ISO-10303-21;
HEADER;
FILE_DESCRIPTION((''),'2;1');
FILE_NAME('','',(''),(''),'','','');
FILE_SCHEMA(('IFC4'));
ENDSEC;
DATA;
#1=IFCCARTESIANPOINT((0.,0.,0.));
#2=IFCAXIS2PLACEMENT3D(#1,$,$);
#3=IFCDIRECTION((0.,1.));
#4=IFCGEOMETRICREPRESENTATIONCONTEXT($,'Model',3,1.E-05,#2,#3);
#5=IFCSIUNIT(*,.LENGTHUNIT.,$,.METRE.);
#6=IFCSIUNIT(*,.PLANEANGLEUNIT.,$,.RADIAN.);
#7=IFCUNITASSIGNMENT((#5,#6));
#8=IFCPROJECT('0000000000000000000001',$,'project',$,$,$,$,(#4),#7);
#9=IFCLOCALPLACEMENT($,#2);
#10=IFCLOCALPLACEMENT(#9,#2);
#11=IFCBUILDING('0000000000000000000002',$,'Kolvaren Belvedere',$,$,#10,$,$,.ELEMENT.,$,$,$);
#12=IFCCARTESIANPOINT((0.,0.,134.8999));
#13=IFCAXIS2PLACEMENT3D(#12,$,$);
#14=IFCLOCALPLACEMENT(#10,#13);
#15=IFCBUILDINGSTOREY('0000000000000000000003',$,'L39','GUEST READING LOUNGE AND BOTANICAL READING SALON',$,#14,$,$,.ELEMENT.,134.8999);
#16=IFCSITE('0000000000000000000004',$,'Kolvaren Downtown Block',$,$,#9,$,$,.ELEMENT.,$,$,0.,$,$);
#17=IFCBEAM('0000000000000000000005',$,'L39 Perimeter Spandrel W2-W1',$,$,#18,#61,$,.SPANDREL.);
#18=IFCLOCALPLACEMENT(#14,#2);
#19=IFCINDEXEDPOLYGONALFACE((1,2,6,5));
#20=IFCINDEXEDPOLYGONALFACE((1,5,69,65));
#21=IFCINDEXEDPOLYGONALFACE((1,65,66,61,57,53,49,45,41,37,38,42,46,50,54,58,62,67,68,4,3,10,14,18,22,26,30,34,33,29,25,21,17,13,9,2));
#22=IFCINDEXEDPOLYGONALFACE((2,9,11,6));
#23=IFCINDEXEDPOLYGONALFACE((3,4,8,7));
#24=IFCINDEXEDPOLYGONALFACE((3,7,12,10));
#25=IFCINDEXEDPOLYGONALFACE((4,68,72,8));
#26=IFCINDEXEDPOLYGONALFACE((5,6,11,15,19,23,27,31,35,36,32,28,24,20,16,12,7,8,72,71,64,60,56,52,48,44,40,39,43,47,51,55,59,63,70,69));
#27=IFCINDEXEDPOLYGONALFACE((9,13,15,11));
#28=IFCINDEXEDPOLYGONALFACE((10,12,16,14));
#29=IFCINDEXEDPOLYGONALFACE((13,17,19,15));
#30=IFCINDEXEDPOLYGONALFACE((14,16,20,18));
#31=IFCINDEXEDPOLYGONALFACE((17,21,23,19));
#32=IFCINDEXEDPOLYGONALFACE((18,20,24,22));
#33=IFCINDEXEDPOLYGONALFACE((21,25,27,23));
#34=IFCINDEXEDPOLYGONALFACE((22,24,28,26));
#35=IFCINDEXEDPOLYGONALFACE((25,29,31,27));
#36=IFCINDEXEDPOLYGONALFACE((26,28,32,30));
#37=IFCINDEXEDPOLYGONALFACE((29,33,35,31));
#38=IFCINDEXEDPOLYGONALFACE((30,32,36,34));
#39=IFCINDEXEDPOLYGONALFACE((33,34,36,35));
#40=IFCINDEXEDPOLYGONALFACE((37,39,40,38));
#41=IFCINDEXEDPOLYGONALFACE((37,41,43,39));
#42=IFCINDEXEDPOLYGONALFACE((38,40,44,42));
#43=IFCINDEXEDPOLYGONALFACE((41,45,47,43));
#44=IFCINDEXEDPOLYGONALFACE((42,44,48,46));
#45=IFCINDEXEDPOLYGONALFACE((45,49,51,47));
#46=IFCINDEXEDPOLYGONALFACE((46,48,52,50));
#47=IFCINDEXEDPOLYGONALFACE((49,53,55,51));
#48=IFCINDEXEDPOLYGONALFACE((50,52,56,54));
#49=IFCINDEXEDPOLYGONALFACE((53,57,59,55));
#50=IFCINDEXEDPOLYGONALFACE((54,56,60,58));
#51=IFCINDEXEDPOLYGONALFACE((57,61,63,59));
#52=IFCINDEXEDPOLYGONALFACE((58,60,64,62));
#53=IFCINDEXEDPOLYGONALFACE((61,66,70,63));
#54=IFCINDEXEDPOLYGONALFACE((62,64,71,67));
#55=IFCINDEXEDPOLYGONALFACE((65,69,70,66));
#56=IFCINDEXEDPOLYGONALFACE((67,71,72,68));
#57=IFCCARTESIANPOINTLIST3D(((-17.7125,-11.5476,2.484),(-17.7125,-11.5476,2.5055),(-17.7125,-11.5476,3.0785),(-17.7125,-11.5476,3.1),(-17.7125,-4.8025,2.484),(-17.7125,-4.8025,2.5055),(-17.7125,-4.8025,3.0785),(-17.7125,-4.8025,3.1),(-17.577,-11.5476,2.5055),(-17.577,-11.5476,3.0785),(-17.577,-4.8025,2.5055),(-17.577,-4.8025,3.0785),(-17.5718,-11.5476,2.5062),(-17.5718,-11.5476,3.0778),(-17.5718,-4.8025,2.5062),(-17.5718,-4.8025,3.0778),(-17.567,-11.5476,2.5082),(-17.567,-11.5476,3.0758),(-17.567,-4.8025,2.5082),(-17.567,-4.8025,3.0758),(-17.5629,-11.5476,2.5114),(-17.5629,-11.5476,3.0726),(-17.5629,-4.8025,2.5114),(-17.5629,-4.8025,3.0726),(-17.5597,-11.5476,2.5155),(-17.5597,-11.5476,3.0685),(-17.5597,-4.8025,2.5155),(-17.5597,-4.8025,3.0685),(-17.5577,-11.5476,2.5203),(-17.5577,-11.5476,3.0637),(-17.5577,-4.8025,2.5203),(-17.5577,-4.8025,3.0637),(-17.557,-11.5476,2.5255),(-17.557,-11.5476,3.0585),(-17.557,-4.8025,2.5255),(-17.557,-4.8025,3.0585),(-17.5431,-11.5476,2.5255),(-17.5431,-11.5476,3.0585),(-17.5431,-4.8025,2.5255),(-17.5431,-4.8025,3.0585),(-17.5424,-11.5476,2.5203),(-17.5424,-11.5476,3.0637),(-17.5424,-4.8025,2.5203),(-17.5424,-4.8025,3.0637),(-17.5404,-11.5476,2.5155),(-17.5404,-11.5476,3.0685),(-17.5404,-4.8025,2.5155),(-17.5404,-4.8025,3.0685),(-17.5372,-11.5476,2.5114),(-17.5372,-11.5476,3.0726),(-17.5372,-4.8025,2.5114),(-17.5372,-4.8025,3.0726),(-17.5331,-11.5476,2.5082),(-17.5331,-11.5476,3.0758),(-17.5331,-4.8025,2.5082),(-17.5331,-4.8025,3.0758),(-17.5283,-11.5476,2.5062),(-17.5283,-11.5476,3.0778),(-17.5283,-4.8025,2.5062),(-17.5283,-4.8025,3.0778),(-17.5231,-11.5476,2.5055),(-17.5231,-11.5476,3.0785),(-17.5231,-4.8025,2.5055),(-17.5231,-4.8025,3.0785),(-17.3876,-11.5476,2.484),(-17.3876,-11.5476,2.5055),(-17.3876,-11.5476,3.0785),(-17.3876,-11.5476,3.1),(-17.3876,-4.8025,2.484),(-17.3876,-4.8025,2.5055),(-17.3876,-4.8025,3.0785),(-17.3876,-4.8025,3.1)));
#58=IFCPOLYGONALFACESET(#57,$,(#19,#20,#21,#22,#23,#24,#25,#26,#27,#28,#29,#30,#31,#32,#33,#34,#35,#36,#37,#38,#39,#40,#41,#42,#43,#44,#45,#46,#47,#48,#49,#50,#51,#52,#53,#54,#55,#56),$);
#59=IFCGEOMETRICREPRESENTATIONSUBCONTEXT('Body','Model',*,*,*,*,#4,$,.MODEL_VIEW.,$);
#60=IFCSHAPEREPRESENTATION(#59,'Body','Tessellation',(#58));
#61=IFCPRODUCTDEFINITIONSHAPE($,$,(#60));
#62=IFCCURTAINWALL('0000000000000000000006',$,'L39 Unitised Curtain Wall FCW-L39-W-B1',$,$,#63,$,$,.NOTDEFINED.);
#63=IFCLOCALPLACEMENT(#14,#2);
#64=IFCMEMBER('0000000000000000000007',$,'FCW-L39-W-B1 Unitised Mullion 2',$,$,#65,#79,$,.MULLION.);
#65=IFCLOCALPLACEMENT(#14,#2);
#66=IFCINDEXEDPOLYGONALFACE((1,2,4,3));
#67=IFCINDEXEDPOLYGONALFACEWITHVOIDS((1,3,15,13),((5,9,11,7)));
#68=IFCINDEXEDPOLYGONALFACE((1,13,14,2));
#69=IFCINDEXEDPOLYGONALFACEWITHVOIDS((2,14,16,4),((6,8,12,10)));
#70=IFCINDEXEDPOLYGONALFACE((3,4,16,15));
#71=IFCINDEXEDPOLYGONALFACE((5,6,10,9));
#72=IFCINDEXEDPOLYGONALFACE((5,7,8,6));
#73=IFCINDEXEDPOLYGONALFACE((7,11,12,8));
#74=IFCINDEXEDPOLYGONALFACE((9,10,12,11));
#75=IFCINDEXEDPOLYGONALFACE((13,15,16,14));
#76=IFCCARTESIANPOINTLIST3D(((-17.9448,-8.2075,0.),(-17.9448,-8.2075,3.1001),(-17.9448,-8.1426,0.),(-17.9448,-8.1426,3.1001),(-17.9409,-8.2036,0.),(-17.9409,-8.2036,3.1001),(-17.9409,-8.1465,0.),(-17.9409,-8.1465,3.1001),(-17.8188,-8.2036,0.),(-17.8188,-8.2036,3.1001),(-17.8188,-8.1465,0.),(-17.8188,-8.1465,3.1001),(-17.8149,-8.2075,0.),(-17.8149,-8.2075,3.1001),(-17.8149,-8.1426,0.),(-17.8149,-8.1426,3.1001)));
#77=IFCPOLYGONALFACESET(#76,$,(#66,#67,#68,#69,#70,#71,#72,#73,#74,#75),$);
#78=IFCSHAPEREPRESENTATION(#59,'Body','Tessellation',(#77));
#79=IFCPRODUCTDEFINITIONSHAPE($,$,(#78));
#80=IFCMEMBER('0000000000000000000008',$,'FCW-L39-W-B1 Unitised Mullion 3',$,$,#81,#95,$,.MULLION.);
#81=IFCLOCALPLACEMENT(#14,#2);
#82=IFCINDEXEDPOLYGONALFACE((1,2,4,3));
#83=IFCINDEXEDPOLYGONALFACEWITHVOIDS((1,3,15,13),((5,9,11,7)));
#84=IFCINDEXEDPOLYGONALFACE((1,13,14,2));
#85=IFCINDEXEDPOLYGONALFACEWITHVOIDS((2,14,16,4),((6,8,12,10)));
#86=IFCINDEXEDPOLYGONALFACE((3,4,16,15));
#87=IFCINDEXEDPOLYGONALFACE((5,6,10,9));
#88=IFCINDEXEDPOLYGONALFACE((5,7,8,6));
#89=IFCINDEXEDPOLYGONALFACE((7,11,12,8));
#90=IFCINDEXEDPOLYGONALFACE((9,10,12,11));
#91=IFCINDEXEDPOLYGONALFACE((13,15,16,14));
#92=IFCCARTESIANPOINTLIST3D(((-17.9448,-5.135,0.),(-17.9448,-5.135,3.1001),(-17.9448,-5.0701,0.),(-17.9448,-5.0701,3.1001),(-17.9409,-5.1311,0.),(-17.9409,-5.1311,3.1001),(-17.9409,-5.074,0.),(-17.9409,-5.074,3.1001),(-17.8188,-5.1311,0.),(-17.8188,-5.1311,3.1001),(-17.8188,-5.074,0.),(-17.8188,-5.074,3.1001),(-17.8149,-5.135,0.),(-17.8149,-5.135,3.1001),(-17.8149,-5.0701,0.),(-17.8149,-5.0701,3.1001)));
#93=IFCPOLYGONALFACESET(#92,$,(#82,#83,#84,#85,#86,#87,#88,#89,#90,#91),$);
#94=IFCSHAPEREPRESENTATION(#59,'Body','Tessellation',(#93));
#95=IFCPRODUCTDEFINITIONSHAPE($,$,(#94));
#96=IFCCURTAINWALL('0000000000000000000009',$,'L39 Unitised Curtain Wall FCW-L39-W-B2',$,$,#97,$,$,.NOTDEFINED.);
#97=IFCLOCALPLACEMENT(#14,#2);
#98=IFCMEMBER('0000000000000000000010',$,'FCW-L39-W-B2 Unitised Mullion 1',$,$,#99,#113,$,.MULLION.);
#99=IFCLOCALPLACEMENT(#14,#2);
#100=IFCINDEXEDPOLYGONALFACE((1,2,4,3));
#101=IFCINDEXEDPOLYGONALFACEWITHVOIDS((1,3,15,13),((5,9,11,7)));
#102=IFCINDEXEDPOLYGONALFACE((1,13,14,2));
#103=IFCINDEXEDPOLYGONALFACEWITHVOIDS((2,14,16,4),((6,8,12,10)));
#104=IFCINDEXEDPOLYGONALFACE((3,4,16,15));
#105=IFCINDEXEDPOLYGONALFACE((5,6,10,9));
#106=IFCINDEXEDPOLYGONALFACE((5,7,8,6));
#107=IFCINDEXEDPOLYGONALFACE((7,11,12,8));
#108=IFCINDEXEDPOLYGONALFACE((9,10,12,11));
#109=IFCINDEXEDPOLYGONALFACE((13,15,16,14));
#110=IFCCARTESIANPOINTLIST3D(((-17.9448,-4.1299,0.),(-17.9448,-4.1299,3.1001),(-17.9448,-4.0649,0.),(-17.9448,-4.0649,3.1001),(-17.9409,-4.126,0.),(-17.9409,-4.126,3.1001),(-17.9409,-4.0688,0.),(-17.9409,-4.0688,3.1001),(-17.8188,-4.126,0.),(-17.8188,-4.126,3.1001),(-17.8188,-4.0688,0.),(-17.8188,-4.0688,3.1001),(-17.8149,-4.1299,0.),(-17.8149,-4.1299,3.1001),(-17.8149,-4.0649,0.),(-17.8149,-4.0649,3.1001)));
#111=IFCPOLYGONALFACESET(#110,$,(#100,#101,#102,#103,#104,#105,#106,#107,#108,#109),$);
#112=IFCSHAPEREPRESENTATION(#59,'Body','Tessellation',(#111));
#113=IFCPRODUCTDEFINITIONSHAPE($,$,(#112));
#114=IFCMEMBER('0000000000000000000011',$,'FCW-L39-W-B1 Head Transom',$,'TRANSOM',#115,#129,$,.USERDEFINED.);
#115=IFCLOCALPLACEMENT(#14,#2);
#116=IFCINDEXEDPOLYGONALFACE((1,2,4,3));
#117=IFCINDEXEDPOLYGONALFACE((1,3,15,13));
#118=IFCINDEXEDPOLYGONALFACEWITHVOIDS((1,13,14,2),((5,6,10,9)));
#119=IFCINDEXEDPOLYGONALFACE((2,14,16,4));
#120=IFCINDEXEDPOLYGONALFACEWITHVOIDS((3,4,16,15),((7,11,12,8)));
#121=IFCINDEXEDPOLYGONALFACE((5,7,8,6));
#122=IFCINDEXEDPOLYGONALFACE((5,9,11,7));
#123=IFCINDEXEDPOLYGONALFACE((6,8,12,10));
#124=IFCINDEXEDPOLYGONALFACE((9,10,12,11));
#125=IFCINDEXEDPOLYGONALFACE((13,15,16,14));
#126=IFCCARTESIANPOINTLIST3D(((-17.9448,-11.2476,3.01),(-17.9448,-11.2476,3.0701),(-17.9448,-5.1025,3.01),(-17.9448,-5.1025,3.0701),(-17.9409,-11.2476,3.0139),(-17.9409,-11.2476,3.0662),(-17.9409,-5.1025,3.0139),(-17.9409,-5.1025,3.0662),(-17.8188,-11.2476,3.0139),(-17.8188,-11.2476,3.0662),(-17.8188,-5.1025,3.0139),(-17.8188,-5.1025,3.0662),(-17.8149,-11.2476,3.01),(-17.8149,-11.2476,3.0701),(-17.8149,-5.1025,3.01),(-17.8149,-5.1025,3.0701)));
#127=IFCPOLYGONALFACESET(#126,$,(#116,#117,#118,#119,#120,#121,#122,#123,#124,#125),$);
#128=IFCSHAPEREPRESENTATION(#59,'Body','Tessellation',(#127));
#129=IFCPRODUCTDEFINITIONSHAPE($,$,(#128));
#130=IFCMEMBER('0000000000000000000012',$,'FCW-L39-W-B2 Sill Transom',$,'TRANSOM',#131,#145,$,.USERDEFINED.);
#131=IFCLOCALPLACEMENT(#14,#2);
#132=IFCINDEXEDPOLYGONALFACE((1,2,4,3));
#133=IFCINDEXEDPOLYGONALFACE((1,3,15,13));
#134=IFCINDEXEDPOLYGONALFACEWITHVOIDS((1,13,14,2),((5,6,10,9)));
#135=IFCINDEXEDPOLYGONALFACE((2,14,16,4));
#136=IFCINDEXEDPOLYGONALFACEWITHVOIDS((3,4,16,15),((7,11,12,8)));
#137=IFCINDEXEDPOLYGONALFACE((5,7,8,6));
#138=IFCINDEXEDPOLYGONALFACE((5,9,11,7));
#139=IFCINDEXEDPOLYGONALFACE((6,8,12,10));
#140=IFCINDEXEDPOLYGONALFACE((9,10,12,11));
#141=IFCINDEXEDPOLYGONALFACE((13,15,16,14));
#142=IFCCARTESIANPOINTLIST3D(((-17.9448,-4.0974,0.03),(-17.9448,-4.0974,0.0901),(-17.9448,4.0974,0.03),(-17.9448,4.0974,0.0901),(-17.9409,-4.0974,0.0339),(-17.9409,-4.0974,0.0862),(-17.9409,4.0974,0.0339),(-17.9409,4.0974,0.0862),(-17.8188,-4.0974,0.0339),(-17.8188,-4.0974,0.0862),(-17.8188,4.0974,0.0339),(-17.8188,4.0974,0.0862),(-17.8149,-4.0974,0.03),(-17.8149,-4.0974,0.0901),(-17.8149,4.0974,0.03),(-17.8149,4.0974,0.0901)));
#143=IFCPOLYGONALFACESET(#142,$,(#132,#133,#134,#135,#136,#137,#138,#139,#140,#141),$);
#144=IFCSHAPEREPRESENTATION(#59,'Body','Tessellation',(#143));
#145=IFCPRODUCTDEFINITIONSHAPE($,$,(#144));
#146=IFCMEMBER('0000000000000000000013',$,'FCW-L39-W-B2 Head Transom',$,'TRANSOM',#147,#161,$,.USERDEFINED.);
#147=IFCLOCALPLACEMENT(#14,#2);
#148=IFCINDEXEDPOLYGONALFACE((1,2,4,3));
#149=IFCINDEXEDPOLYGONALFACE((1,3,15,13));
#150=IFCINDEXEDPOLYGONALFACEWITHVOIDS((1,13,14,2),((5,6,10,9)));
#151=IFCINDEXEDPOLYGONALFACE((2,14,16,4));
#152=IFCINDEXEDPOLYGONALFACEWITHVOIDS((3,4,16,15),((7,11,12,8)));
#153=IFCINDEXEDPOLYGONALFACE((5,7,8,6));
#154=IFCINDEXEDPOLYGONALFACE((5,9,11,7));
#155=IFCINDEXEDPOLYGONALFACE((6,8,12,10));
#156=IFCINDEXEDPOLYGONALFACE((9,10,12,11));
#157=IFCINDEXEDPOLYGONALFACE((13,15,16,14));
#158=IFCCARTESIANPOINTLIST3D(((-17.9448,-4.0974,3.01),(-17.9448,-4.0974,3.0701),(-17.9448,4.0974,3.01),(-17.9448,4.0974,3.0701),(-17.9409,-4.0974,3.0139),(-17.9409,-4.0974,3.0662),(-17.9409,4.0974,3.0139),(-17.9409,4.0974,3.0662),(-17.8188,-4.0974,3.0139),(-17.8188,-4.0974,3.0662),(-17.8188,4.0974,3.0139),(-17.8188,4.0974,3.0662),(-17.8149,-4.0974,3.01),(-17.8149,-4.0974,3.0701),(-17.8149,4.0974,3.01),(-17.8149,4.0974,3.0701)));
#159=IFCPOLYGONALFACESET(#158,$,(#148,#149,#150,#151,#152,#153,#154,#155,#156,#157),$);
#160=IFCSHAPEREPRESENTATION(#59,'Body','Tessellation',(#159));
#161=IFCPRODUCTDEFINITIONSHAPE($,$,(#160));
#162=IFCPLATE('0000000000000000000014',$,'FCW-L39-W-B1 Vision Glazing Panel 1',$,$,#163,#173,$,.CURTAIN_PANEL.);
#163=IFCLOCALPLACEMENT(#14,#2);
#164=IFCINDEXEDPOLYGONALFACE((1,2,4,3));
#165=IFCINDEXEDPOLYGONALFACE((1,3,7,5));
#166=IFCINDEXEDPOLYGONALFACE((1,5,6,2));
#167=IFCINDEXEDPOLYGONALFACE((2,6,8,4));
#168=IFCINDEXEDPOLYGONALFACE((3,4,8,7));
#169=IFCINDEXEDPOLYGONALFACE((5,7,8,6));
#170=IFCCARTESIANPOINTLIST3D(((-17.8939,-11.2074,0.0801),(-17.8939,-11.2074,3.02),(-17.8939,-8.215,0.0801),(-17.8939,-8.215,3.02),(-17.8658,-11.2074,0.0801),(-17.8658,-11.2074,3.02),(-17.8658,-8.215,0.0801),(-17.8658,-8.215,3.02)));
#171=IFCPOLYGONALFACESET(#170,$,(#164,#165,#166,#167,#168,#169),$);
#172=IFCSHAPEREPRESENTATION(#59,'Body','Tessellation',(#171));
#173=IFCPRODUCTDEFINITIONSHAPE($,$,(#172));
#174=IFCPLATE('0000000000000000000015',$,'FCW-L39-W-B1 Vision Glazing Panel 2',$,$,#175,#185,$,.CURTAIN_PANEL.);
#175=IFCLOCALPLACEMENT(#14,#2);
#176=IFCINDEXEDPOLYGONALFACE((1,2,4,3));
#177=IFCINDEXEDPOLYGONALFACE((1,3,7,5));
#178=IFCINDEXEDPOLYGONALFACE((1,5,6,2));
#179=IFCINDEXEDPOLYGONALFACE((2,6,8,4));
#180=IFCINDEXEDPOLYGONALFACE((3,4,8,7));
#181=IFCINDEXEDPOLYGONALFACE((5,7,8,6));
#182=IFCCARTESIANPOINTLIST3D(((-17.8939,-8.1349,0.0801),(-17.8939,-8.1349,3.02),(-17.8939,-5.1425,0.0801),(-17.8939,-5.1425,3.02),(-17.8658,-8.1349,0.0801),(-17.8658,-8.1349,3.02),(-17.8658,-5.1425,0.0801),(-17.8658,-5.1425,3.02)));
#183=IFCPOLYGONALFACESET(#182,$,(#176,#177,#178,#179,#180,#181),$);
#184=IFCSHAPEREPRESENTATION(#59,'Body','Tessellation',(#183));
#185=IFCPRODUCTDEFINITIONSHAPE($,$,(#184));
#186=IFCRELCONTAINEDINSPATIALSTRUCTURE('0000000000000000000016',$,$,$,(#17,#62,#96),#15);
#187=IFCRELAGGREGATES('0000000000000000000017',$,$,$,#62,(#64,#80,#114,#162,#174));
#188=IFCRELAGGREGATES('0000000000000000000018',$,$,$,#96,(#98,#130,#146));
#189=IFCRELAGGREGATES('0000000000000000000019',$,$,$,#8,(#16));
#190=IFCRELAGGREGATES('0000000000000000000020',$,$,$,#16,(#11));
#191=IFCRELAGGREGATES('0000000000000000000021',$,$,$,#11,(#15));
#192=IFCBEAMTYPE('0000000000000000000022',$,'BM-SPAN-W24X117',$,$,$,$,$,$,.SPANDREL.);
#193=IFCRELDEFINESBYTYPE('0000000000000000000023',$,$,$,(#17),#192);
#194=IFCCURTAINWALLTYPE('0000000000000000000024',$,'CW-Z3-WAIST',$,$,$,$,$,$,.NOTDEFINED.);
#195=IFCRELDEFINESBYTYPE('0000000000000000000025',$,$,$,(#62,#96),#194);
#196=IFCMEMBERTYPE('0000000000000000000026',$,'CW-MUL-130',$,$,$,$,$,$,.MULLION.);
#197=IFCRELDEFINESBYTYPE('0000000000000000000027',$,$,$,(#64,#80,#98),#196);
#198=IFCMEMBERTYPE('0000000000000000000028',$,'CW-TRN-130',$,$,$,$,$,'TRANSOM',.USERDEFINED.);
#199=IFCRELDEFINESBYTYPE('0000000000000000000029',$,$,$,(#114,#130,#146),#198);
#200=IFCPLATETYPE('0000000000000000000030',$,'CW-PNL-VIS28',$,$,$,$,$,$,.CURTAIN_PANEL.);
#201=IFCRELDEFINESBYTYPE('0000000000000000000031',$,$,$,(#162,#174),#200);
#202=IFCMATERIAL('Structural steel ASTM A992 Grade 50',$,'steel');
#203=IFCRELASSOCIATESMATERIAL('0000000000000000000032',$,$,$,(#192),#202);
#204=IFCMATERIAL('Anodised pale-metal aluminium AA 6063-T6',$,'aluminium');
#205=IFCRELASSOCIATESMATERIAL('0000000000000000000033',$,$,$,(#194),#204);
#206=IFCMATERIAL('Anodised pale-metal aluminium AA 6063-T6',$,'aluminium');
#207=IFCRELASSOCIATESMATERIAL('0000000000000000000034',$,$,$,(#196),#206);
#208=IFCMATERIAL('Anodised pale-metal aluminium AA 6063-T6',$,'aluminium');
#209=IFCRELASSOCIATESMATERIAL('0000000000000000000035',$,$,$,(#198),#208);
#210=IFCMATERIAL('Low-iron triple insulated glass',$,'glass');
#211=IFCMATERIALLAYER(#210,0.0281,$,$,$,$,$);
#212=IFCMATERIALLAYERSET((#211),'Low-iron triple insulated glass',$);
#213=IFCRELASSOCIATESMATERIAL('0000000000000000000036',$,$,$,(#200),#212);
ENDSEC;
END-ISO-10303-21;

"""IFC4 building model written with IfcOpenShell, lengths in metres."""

from ifc_helpers import new_model, si_unit, direction, frame, origin, origin_2d, place, context, subcontext, project, spatial, rectangle, hollow_rectangle, i_section, extrude, material, layer, layer_set, material_profile, profile_set, type_object, element, aggregate, save


model = new_model("IFC4")

# Units and contexts
model_context = context("Model", 3, precision=1e-05, world=origin(), true_north=direction((0.0, 1.0)))
body_context = subcontext(model_context, "Body", "Model", "MODEL_VIEW")
ifc_project = project(units=[si_unit("LENGTHUNIT", "METRE"), si_unit("PLANEANGLEUNIT", "RADIAN")], contexts=[model_context])

# Site, building, storey
site_placement = place(None, origin())
site = spatial("IfcSite", under=ifc_project, at=site_placement, Name="Kolvaren Downtown Block", CompositionType="ELEMENT", RefElevation=0.0)
building_placement = place(site_placement, origin())
building = spatial("IfcBuilding", under=site, at=building_placement, Name="Kolvaren Belvedere", CompositionType="ELEMENT")
storey_placement = place(building_placement, frame((0.0, 0.0, 134.8999)))
storey = spatial("IfcBuildingStorey", under=building, at=storey_placement, Name="L39", Description="GUEST READING LOUNGE AND BOTANICAL READING SALON", CompositionType="ELEMENT", Elevation=134.8999)

# Beam
ifc_material_1 = material(Name="Structural steel ASTM A992 Grade 50", Category="steel")
ifc_material_profile_1 = material_profile(ifc_material_1, i_section(OverallWidth=0.325, OverallDepth=0.616, WebThickness=0.0139, FlangeThickness=0.0215, FilletRadius=0.02, at=origin_2d()), Name="W24X117")
ifc_profile_set_1 = profile_set([ifc_material_profile_1], Name="Structural steel ASTM A992 Grade 50")
beam_type_1 = type_object("IfcBeamType", Name="BM-SPAN-W24X117", PredefinedType="SPANDREL", material=ifc_profile_set_1)
beam_1_placement = place(storey_placement, frame((-17.55, -4.8025, 2.792), z_axis=(0.0, -1.0, 0.0), x_axis=(1.0, 0.0, 0.0)))
element("IfcBeam", 1, at=beam_1_placement, inside=storey, type_object=beam_type_1, Name="L39 Perimeter Spandrel W2-W1", PredefinedType="SPANDREL", context=body_context, shape_type="SweptSolid", body=[
    extrude(i_section(OverallWidth=0.325, OverallDepth=0.616, WebThickness=0.0139, FlangeThickness=0.0215, FilletRadius=0.02, at=origin_2d()), origin(), (0.0, 0.0, 1.0), 6.7451),
])

# Curtain wall, members
ifc_material_2 = material(Name="Anodised pale-metal aluminium AA 6063-T6", Category="aluminium")
curtain_wall_type = type_object("IfcCurtainWallType", Name="CW-Z3-WAIST", PredefinedType="NOTDEFINED", material=ifc_material_2)
curtain_wall_1_placement = place(storey_placement, origin())
curtain_wall_1 = element("IfcCurtainWall", 2, at=curtain_wall_1_placement, inside=storey, type_object=curtain_wall_type, Name="L39 Unitised Curtain Wall FCW-L39-W-B1", PredefinedType="NOTDEFINED")
ifc_material_3 = material(Name="Anodised pale-metal aluminium AA 6063-T6", Category="aluminium")
ifc_material_profile_2 = material_profile(ifc_material_3, hollow_rectangle(XDim=0.0649, YDim=0.1299, WallThickness=0.0039, at=origin_2d()), Name="ALU-MUL-130X65")
ifc_profile_set_2 = profile_set([ifc_material_profile_2], Name="Anodised pale-metal aluminium AA 6063-T6")
member_type_1 = type_object("IfcMemberType", Name="CW-MUL-130", PredefinedType="MULLION", material=ifc_profile_set_2)
member_1_placement = place(storey_placement, frame((-17.8799, -8.175, 0.0), z_axis=(0.0, 0.0, 1.0), x_axis=(0.0, 1.0, 0.0)))
member_1 = element("IfcMember", 3, at=member_1_placement, type_object=member_type_1, Name="FCW-L39-W-B1 Unitised Mullion 2", PredefinedType="MULLION", context=body_context, shape_type="SweptSolid", body=[
    extrude(hollow_rectangle(XDim=0.0649, YDim=0.1299, WallThickness=0.0039, at=origin_2d()), origin(), (0.0, 0.0, 1.0), 3.1001),
])
member_2_placement = place(storey_placement, frame((-17.8799, -5.1025, 0.0), z_axis=(0.0, 0.0, 1.0), x_axis=(0.0, 1.0, 0.0)))
member_2 = element("IfcMember", 4, at=member_2_placement, type_object=member_type_1, Name="FCW-L39-W-B1 Unitised Mullion 3", PredefinedType="MULLION", context=body_context, shape_type="SweptSolid", body=[
    extrude(hollow_rectangle(XDim=0.0649, YDim=0.1299, WallThickness=0.0039, at=origin_2d()), origin(), (0.0, 0.0, 1.0), 3.1001),
])

# Curtain wall, member
curtain_wall_2_placement = place(storey_placement, origin())
curtain_wall_2 = element("IfcCurtainWall", 5, at=curtain_wall_2_placement, inside=storey, type_object=curtain_wall_type, Name="L39 Unitised Curtain Wall FCW-L39-W-B2", PredefinedType="NOTDEFINED")
member_3_placement = place(storey_placement, frame((-17.8799, -4.0974, 0.0), z_axis=(0.0, 0.0, 1.0), x_axis=(0.0, 1.0, 0.0)))
member_3 = element("IfcMember", 6, at=member_3_placement, type_object=member_type_1, Name="FCW-L39-W-B2 Unitised Mullion 1", PredefinedType="MULLION", context=body_context, shape_type="SweptSolid", body=[
    extrude(hollow_rectangle(XDim=0.0649, YDim=0.1299, WallThickness=0.0039, at=origin_2d()), origin(), (0.0, 0.0, 1.0), 3.1001),
])

# Members
ifc_material_4 = material(Name="Anodised pale-metal aluminium AA 6063-T6", Category="aluminium")
ifc_material_profile_3 = material_profile(ifc_material_4, hollow_rectangle(XDim=0.0601, YDim=0.1299, WallThickness=0.0039, at=origin_2d()), Name="ALU-TRN-130X60")
ifc_profile_set_3 = profile_set([ifc_material_profile_3], Name="Anodised pale-metal aluminium AA 6063-T6")
member_type_2 = type_object("IfcMemberType", Name="CW-TRN-130", ElementType="TRANSOM", PredefinedType="USERDEFINED", material=ifc_profile_set_3)
member_4_placement = place(storey_placement, frame((-17.8799, -11.2476, 3.04), z_axis=(0.0, 1.0, 0.0), x_axis=(0.0, 0.0, 1.0)))
member_4 = element("IfcMember", 7, at=member_4_placement, type_object=member_type_2, Name="FCW-L39-W-B1 Head Transom", ObjectType="TRANSOM", PredefinedType="USERDEFINED", context=body_context, shape_type="SweptSolid", body=[
    extrude(hollow_rectangle(XDim=0.0601, YDim=0.1299, WallThickness=0.0039, at=origin_2d()), origin(), (0.0, 0.0, 1.0), 6.145),
])
member_5_placement = place(storey_placement, frame((-17.8799, -4.0974, 0.0601), z_axis=(0.0, 1.0, 0.0), x_axis=(0.0, 0.0, 1.0)))
member_5 = element("IfcMember", 8, at=member_5_placement, type_object=member_type_2, Name="FCW-L39-W-B2 Sill Transom", ObjectType="TRANSOM", PredefinedType="USERDEFINED", context=body_context, shape_type="SweptSolid", body=[
    extrude(hollow_rectangle(XDim=0.0601, YDim=0.1299, WallThickness=0.0039, at=origin_2d()), origin(), (0.0, 0.0, 1.0), 8.1948),
])
member_6_placement = place(storey_placement, frame((-17.8799, -4.0974, 3.04), z_axis=(0.0, 1.0, 0.0), x_axis=(0.0, 0.0, 1.0)))
member_6 = element("IfcMember", 9, at=member_6_placement, type_object=member_type_2, Name="FCW-L39-W-B2 Head Transom", ObjectType="TRANSOM", PredefinedType="USERDEFINED", context=body_context, shape_type="SweptSolid", body=[
    extrude(hollow_rectangle(XDim=0.0601, YDim=0.1299, WallThickness=0.0039, at=origin_2d()), origin(), (0.0, 0.0, 1.0), 8.1948),
])

# Plates
ifc_material_5 = material(Name="Low-iron triple insulated glass", Category="glass")
ifc_layer_1 = layer(ifc_material_5, 0.0281)
ifc_layer_set_1 = layer_set([ifc_layer_1], Name="Low-iron triple insulated glass")
plate_type_1 = type_object("IfcPlateType", Name="CW-PNL-VIS28", PredefinedType="CURTAIN_PANEL", material=ifc_layer_set_1)
plate_1_placement = place(storey_placement, frame((-17.8799, -9.7112, 0.0801), z_axis=(0.0, 0.0, 1.0), x_axis=(0.0, 1.0, 0.0)))
plate_1 = element("IfcPlate", 10, at=plate_1_placement, type_object=plate_type_1, Name="FCW-L39-W-B1 Vision Glazing Panel 1", PredefinedType="CURTAIN_PANEL", context=body_context, shape_type="SweptSolid", body=[
    extrude(rectangle(XDim=2.9924, YDim=0.0281, at=origin_2d()), origin(), (0.0, 0.0, 1.0), 2.9399),
])
plate_2_placement = place(storey_placement, frame((-17.8799, -6.6387, 0.0801), z_axis=(0.0, 0.0, 1.0), x_axis=(0.0, 1.0, 0.0)))
plate_2 = element("IfcPlate", 11, at=plate_2_placement, type_object=plate_type_1, Name="FCW-L39-W-B1 Vision Glazing Panel 2", PredefinedType="CURTAIN_PANEL", context=body_context, shape_type="SweptSolid", body=[
    extrude(rectangle(XDim=2.9924, YDim=0.0281, at=origin_2d()), origin(), (0.0, 0.0, 1.0), 2.9399),
])
aggregate(curtain_wall_1, [member_1, member_2, member_4, plate_1, plate_2])
aggregate(curtain_wall_2, [member_3, member_5, member_6])

save(model, "model.ifc")
